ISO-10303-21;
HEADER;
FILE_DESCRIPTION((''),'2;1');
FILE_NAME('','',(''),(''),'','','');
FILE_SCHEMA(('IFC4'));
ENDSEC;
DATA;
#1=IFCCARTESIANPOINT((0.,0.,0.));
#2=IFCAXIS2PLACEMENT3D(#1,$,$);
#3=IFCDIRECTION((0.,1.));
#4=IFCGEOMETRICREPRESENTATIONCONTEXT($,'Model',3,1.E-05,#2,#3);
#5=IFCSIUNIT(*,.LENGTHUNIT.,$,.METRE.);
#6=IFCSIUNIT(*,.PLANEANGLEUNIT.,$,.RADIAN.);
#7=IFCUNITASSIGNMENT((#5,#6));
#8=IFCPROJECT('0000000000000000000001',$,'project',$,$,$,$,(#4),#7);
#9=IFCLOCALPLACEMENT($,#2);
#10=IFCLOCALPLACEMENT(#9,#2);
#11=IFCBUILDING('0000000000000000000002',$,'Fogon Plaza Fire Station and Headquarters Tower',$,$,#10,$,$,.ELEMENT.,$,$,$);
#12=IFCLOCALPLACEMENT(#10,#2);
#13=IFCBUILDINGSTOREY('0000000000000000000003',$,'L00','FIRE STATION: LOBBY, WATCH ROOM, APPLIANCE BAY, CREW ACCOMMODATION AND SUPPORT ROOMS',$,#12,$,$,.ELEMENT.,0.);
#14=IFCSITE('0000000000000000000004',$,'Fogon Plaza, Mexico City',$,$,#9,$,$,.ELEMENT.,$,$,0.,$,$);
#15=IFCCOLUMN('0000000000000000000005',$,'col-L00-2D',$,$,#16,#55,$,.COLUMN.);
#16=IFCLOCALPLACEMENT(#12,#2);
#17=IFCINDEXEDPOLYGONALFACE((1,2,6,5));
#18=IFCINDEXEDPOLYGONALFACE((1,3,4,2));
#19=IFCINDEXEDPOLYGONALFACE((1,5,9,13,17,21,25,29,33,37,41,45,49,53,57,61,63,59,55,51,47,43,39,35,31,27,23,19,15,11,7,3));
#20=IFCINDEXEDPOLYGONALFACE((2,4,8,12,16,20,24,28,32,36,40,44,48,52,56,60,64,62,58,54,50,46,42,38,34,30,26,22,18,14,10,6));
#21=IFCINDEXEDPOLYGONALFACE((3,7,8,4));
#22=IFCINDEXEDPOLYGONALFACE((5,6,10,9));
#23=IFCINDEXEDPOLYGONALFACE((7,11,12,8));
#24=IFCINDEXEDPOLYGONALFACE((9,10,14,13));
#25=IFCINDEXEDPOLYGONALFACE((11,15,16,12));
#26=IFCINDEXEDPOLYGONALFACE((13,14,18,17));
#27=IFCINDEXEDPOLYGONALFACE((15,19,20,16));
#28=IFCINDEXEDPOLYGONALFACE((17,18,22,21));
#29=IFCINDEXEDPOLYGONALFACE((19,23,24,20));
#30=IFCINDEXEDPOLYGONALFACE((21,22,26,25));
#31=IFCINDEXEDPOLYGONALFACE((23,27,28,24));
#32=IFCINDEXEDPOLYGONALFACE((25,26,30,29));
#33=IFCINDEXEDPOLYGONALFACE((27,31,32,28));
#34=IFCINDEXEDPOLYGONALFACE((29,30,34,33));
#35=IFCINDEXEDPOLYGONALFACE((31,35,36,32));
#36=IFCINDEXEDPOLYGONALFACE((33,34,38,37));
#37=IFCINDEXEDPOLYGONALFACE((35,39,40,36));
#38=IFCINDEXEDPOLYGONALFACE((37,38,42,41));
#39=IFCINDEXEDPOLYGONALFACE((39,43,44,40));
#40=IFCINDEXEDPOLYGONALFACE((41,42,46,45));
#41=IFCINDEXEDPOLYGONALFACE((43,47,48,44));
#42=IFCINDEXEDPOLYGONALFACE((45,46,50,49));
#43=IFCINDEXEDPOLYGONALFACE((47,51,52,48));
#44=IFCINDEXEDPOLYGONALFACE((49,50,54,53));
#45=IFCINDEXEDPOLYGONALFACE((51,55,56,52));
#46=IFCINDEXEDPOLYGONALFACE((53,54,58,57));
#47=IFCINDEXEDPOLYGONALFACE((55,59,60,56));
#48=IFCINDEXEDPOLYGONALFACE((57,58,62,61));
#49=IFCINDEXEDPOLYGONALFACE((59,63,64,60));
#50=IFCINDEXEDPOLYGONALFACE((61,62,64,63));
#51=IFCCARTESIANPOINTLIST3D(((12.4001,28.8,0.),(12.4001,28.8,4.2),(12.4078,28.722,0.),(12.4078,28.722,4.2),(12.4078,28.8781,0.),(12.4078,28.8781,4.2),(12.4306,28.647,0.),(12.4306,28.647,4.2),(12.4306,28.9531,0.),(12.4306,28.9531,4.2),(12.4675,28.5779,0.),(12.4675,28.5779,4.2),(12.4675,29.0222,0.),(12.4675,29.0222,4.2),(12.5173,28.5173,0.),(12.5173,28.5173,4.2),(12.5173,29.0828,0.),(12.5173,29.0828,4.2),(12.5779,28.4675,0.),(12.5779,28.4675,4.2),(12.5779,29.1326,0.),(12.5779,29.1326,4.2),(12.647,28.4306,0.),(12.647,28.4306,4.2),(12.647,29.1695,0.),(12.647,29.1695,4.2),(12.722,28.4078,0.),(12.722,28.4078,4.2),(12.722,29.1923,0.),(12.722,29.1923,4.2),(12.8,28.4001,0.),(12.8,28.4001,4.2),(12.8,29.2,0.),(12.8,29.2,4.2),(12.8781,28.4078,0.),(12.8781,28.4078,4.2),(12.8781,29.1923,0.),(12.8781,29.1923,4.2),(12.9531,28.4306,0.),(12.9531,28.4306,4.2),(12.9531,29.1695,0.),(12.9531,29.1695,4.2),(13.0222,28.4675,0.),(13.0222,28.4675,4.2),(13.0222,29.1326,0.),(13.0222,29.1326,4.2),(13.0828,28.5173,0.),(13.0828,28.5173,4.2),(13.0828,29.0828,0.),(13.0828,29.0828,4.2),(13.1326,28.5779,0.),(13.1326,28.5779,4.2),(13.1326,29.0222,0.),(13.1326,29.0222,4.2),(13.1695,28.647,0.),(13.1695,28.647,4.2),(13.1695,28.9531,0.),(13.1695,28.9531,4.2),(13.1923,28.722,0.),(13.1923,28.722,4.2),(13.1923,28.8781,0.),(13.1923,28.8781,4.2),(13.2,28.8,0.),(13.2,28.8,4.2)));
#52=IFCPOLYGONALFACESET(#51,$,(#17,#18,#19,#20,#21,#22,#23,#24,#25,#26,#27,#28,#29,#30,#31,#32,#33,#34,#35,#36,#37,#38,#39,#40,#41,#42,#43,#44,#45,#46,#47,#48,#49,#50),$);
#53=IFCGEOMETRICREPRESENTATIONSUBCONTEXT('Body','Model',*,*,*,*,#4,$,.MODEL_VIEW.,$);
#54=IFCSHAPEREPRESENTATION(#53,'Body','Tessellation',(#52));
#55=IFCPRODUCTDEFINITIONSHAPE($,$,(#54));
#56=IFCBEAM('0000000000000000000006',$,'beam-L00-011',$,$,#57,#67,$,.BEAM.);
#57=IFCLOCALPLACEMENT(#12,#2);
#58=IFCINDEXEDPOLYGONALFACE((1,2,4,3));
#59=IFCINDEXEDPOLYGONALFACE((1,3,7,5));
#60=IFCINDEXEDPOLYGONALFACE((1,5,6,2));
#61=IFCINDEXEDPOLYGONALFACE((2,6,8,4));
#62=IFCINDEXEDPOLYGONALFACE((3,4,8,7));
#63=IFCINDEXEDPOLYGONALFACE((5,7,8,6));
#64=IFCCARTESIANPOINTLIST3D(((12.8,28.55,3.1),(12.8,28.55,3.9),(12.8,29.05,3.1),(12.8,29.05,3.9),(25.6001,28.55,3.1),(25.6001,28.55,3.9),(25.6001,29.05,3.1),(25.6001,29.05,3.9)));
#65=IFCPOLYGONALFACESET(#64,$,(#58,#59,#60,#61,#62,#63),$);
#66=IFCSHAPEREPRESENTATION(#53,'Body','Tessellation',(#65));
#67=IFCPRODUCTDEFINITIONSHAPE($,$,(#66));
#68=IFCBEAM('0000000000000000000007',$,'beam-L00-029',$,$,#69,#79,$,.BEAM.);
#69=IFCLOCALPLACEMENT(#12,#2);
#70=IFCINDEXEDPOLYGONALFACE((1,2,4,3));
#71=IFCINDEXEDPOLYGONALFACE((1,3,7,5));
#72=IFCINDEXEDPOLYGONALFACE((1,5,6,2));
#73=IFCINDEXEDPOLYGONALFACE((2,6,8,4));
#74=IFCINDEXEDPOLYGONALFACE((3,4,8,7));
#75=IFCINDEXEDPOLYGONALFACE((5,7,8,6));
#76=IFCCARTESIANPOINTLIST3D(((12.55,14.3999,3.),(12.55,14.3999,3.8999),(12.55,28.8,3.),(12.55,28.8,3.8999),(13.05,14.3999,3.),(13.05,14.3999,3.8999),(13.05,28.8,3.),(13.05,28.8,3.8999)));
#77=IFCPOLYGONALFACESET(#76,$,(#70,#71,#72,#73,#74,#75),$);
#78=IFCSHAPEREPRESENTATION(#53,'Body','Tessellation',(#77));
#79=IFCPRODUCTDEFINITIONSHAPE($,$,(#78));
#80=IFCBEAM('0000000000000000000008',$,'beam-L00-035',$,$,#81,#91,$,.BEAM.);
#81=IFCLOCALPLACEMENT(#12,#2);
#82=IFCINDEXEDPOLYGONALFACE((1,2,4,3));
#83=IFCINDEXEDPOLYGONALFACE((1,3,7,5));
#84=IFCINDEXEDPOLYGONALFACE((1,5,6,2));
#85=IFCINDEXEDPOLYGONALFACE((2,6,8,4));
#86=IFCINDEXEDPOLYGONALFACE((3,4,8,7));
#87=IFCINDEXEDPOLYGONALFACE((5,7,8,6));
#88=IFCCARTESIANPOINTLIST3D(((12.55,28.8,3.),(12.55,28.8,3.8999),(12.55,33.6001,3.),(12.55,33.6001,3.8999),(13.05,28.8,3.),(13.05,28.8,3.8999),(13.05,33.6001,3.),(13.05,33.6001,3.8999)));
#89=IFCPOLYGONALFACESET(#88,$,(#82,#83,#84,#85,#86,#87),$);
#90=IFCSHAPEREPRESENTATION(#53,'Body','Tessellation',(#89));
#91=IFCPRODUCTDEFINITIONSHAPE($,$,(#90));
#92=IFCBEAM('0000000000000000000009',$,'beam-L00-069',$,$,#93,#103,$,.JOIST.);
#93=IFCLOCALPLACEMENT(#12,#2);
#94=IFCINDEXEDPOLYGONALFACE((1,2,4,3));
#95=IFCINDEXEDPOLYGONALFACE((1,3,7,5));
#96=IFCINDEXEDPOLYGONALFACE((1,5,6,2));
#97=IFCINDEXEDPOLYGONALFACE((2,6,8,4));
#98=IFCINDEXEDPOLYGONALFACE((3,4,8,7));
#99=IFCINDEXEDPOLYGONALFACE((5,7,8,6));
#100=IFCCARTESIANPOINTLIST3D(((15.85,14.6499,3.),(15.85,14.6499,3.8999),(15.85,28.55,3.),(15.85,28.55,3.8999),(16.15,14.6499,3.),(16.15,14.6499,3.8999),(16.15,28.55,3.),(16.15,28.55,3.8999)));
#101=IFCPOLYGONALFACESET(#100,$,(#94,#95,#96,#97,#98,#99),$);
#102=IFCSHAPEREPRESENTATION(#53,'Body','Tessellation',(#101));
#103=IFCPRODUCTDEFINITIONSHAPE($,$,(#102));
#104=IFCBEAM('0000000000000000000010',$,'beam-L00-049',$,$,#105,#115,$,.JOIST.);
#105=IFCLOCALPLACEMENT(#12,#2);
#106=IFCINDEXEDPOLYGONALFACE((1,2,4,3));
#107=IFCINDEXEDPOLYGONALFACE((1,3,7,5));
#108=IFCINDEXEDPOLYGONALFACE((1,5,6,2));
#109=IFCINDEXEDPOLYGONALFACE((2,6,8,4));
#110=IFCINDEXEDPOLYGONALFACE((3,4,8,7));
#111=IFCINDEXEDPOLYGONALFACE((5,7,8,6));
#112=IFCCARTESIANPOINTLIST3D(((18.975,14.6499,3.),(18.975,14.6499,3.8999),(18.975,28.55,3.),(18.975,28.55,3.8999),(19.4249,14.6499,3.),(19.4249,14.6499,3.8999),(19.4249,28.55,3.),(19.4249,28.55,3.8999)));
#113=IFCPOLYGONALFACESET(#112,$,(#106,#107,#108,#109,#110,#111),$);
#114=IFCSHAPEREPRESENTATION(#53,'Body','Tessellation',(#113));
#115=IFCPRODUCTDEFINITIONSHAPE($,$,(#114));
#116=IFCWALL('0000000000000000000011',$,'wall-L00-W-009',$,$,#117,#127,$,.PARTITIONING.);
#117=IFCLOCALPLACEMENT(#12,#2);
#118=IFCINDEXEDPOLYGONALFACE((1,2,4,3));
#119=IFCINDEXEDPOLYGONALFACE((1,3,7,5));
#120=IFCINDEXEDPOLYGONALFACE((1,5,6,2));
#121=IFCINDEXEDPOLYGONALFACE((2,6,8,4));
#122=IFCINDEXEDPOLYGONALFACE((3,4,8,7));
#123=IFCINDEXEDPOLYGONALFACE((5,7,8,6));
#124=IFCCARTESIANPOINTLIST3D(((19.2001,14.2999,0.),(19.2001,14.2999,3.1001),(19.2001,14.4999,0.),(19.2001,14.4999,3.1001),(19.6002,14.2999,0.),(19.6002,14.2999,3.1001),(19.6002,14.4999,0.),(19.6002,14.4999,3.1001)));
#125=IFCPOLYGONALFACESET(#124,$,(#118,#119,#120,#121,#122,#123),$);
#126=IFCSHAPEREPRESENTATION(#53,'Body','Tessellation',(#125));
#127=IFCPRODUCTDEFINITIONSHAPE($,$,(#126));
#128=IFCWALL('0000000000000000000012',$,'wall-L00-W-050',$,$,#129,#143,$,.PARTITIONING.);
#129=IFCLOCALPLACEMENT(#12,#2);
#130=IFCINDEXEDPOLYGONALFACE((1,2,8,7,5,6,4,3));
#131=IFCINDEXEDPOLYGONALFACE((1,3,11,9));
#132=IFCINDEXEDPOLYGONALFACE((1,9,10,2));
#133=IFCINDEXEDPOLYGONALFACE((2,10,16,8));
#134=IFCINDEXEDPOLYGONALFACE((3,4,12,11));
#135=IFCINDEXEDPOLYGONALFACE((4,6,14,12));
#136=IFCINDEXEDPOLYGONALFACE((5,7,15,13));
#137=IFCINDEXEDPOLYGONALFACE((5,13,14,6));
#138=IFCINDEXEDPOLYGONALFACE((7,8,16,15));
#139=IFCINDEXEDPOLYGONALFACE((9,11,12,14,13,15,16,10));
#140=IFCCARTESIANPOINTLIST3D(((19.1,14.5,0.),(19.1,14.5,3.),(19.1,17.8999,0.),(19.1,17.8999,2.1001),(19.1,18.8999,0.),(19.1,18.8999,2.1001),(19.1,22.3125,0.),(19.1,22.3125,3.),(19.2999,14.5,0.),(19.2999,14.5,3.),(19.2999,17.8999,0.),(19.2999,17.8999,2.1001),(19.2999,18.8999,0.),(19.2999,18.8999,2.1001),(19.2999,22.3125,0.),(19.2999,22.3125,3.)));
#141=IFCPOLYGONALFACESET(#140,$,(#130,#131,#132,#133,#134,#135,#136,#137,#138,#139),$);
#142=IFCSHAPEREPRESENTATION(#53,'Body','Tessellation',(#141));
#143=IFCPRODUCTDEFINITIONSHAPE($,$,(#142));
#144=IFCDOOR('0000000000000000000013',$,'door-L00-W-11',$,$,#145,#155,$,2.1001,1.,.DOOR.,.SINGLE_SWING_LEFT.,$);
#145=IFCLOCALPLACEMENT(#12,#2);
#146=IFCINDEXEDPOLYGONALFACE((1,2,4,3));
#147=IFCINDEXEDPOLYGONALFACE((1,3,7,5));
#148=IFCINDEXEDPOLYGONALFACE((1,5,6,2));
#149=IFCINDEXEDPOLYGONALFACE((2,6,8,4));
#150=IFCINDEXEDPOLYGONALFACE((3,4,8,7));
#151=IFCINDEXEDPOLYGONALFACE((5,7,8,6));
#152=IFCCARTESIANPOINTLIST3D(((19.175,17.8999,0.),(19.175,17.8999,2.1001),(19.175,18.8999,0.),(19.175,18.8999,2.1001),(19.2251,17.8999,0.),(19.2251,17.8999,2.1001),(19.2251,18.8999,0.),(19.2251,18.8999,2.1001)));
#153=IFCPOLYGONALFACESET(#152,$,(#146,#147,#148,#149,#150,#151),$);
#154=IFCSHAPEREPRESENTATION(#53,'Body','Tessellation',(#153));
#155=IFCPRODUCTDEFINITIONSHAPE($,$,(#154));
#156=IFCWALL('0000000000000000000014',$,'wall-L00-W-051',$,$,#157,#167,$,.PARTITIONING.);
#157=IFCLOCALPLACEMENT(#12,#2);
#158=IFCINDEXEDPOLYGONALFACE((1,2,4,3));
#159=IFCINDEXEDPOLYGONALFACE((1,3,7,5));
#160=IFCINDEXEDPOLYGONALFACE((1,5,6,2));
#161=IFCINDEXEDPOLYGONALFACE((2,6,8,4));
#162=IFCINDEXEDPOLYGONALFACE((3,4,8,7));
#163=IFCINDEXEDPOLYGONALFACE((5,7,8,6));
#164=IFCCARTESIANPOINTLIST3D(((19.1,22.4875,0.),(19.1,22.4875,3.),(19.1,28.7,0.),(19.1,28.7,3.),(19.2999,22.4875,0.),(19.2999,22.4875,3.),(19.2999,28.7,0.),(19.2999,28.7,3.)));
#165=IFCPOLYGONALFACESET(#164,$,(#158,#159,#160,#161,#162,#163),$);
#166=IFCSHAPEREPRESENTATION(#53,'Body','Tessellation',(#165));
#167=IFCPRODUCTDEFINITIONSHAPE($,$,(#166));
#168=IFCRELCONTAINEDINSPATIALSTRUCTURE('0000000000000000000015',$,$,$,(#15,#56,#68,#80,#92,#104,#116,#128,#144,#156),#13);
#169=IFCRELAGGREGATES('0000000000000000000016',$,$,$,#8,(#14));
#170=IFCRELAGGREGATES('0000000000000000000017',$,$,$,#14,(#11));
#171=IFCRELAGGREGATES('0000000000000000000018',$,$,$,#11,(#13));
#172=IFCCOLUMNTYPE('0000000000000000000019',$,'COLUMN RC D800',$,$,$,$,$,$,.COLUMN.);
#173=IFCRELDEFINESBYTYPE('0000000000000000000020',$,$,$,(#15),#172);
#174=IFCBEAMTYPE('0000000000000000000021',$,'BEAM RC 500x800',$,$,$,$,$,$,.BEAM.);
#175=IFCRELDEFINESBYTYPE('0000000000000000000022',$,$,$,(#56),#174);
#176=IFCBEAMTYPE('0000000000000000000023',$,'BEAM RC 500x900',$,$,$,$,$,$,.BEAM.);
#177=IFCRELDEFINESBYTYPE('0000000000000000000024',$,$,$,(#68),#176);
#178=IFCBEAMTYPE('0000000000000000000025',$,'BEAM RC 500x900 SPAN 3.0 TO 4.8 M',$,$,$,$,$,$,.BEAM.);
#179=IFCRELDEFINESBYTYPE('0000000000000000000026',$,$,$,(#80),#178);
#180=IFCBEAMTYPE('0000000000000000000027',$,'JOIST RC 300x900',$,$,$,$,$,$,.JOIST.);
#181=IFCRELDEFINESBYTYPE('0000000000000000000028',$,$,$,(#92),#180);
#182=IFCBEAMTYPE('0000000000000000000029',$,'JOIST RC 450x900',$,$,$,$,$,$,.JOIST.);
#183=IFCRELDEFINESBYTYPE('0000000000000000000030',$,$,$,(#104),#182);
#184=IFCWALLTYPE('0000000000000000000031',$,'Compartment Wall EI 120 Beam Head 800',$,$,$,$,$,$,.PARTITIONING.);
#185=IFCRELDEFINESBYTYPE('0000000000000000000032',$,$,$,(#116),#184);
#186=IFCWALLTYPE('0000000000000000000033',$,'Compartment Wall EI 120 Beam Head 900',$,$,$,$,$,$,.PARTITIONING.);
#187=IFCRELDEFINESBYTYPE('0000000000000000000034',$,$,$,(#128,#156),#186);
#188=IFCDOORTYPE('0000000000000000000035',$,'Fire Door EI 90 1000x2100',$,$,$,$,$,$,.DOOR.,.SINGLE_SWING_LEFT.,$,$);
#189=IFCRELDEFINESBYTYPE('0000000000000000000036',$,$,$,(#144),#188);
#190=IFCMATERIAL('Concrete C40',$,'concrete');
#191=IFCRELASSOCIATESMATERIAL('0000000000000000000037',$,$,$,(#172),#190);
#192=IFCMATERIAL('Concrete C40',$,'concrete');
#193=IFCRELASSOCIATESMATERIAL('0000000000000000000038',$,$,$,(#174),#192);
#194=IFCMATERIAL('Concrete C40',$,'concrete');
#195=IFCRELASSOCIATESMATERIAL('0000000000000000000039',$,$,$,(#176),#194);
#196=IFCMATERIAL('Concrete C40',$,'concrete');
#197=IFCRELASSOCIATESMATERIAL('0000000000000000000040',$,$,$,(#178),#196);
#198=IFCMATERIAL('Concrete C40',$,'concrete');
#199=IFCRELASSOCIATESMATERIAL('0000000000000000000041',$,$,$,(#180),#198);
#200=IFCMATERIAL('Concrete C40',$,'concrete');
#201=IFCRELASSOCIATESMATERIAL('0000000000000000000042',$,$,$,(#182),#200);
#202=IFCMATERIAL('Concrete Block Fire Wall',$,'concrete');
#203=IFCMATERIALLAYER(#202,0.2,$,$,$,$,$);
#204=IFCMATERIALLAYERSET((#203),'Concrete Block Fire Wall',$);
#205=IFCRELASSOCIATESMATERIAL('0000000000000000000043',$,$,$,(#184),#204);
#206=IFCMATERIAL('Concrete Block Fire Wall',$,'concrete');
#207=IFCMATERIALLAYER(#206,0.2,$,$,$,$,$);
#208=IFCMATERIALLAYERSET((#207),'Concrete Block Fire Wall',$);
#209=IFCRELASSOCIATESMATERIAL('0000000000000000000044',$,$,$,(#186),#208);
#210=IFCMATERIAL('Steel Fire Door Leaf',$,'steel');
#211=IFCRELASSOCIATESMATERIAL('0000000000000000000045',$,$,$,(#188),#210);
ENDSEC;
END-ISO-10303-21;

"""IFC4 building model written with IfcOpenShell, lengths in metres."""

from ifc_helpers import new_model, si_unit, direction, frame, frame_2d, origin, origin_2d, place, context, subcontext, project, spatial, rectangle, circle, extrude, material, layer, layer_set, material_profile, profile_set, type_object, element, fill, save


model = new_model("IFC4")

# Units and contexts
model_context = context("Model", 3, precision=1e-05, world=origin(), true_north=direction((0.0, 1.0)))
body_context = subcontext(model_context, "Body", "Model", "MODEL_VIEW")
ifc_project = project(units=[si_unit("LENGTHUNIT", "METRE"), si_unit("PLANEANGLEUNIT", "RADIAN")], contexts=[model_context])

# Site, building, storey
site_placement = place(None, origin())
site = spatial("IfcSite", under=ifc_project, at=site_placement, Name="Fogon Plaza, Mexico City", CompositionType="ELEMENT", RefElevation=0.0)
building_placement = place(site_placement, origin())
building = spatial("IfcBuilding", under=site, at=building_placement, Name="Fogon Plaza Fire Station and Headquarters Tower", CompositionType="ELEMENT")
storey_placement = place(building_placement, origin())
storey = spatial("IfcBuildingStorey", under=building, at=storey_placement, Name="L00", Description="FIRE STATION: LOBBY, WATCH ROOM, APPLIANCE BAY, CREW ACCOMMODATION AND SUPPORT ROOMS", CompositionType="ELEMENT", Elevation=0.0)

# Column
ifc_material_1 = material(Name="Concrete C40", Category="concrete")
ifc_material_profile_1 = material_profile(ifc_material_1, circle(Radius=0.3999, at=origin_2d()), Name="RC D800")
ifc_profile_set_1 = profile_set([ifc_material_profile_1], Name="Concrete C40")
column_type = type_object("IfcColumnType", Name="COLUMN RC D800", PredefinedType="COLUMN", material=ifc_profile_set_1)
column_placement = place(storey_placement, frame((12.8, 28.8, 0.0), z_axis=(0.0, 0.0, 1.0), x_axis=(1.0, 0.0, 0.0)))
element("IfcColumn", 1, at=column_placement, inside=storey, type_object=column_type, Name="col-L00-2D", PredefinedType="COLUMN", context=body_context, shape_type="SweptSolid", body=[
    extrude(circle(Radius=0.3999, at=origin_2d()), origin(), (0.0, 0.0, 1.0), 4.2),
])

# Beams
ifc_material_2 = material(Name="Concrete C40", Category="concrete")
ifc_material_profile_2 = material_profile(ifc_material_2, rectangle(XDim=0.5, YDim=0.8, at=origin_2d()), Name="RC 500x800")
ifc_profile_set_2 = profile_set([ifc_material_profile_2], Name="Concrete C40")
beam_type_1 = type_object("IfcBeamType", Name="BEAM RC 500x800", PredefinedType="BEAM", material=ifc_profile_set_2)
beam_1_placement = place(storey_placement, frame((12.8, 28.8, 3.5), z_axis=(1.0, 0.0, 0.0), x_axis=(0.0, 1.0, 0.0)))
element("IfcBeam", 2, at=beam_1_placement, inside=storey, type_object=beam_type_1, Name="beam-L00-011", PredefinedType="BEAM", context=body_context, shape_type="SweptSolid", body=[
    extrude(rectangle(XDim=0.5, YDim=0.8, at=origin_2d()), origin(), (0.0, 0.0, 1.0), 12.8),
])
ifc_material_3 = material(Name="Concrete C40", Category="concrete")
ifc_material_profile_3 = material_profile(ifc_material_3, rectangle(XDim=0.5, YDim=0.8999, at=origin_2d()), Name="RC 500x900")
ifc_profile_set_3 = profile_set([ifc_material_profile_3], Name="Concrete C40")
beam_type_2 = type_object("IfcBeamType", Name="BEAM RC 500x900", PredefinedType="BEAM", material=ifc_profile_set_3)
beam_2_placement = place(storey_placement, frame((12.8, 14.3999, 3.45), z_axis=(0.0, 1.0, 0.0), x_axis=(-1.0, 0.0, 0.0)))
element("IfcBeam", 3, at=beam_2_placement, inside=storey, type_object=beam_type_2, Name="beam-L00-029", PredefinedType="BEAM", context=body_context, shape_type="SweptSolid", body=[
    extrude(rectangle(XDim=0.5, YDim=0.8999, at=origin_2d()), origin(), (0.0, 0.0, 1.0), 14.4001),
])
ifc_material_4 = material(Name="Concrete C40", Category="concrete")
ifc_material_profile_4 = material_profile(ifc_material_4, rectangle(XDim=0.5, YDim=0.8999, at=origin_2d()), Name="RC 500x900")
ifc_profile_set_4 = profile_set([ifc_material_profile_4], Name="Concrete C40")
beam_type_3 = type_object("IfcBeamType", Name="BEAM RC 500x900 SPAN 3.0 TO 4.8 M", PredefinedType="BEAM", material=ifc_profile_set_4)
beam_3_placement = place(storey_placement, frame((12.8, 28.8, 3.45), z_axis=(0.0, 1.0, 0.0), x_axis=(-1.0, 0.0, 0.0)))
element("IfcBeam", 4, at=beam_3_placement, inside=storey, type_object=beam_type_3, Name="beam-L00-035", PredefinedType="BEAM", context=body_context, shape_type="SweptSolid", body=[
    extrude(rectangle(XDim=0.5, YDim=0.8999, at=origin_2d()), origin(), (0.0, 0.0, 1.0), 4.8),
])
ifc_material_5 = material(Name="Concrete C40", Category="concrete")
ifc_material_profile_5 = material_profile(ifc_material_5, rectangle(XDim=0.3, YDim=0.8999, at=origin_2d()), Name="RC 300x900")
ifc_profile_set_5 = profile_set([ifc_material_profile_5], Name="Concrete C40")
beam_type_4 = type_object("IfcBeamType", Name="JOIST RC 300x900", PredefinedType="JOIST", material=ifc_profile_set_5)
beam_4_placement = place(storey_placement, frame((16.0, 14.6499, 3.45), z_axis=(0.0, 1.0, 0.0), x_axis=(-1.0, 0.0, 0.0)))
element("IfcBeam", 5, at=beam_4_placement, inside=storey, type_object=beam_type_4, Name="beam-L00-069", PredefinedType="JOIST", context=body_context, shape_type="SweptSolid", body=[
    extrude(rectangle(XDim=0.3, YDim=0.8999, at=origin_2d()), origin(), (0.0, 0.0, 1.0), 13.9001),
])
ifc_material_6 = material(Name="Concrete C40", Category="concrete")
ifc_material_profile_6 = material_profile(ifc_material_6, rectangle(XDim=0.45, YDim=0.8999, at=origin_2d()), Name="RC 450x900")
ifc_profile_set_6 = profile_set([ifc_material_profile_6], Name="Concrete C40")
beam_type_5 = type_object("IfcBeamType", Name="JOIST RC 450x900", PredefinedType="JOIST", material=ifc_profile_set_6)
beam_5_placement = place(storey_placement, frame((19.2, 14.6499, 3.45), z_axis=(0.0, 1.0, 0.0), x_axis=(-1.0, 0.0, 0.0)))
element("IfcBeam", 6, at=beam_5_placement, inside=storey, type_object=beam_type_5, Name="beam-L00-049", PredefinedType="JOIST", context=body_context, shape_type="SweptSolid", body=[
    extrude(rectangle(XDim=0.45, YDim=0.8999, at=origin_2d()), origin(), (0.0, 0.0, 1.0), 13.9001),
])

# Wall
ifc_material_7 = material(Name="Concrete Block Fire Wall", Category="concrete")
ifc_layer_1 = layer(ifc_material_7, 0.2)
ifc_layer_set_1 = layer_set([ifc_layer_1], Name="Concrete Block Fire Wall")
wall_type_1 = type_object("IfcWallType", Name="Compartment Wall EI 120 Beam Head 800", PredefinedType="PARTITIONING", material=ifc_layer_set_1)
wall_1_placement = place(storey_placement, frame((19.2, 14.3999, 0.0), z_axis=(0.0, 0.0, 1.0), x_axis=(1.0, 0.0, 0.0)))
element("IfcWall", 7, at=wall_1_placement, inside=storey, type_object=wall_type_1, Name="wall-L00-W-009", PredefinedType="PARTITIONING", context=body_context, shape_type="SweptSolid", body=[
    extrude(rectangle(XDim=0.4001, YDim=0.2, at=frame_2d((0.2002, 0.0))), origin(), (0.0, 0.0, 1.0), 3.1001),
])

# Wall, opening, door
ifc_material_8 = material(Name="Concrete Block Fire Wall", Category="concrete")
ifc_layer_2 = layer(ifc_material_8, 0.2)
ifc_layer_set_2 = layer_set([ifc_layer_2], Name="Concrete Block Fire Wall")
wall_type_2 = type_object("IfcWallType", Name="Compartment Wall EI 120 Beam Head 900", PredefinedType="PARTITIONING", material=ifc_layer_set_2)
wall_2_placement = place(storey_placement, frame((19.2, 14.5, 0.0), z_axis=(0.0, 0.0, 1.0), x_axis=(0.0, 1.0, 0.0)))
wall_2 = element("IfcWall", 8, at=wall_2_placement, inside=storey, type_object=wall_type_2, Name="wall-L00-W-050", PredefinedType="PARTITIONING", context=body_context, shape_type="SweptSolid", body=[
    extrude(rectangle(XDim=7.8125, YDim=0.2, at=frame_2d((3.9062, 0.0))), origin(), (0.0, 0.0, 1.0), 3.0),
])
opening_1_placement = place(wall_2_placement, frame((3.3999, 0.0, 0.0)))
opening_1 = element("IfcOpeningElement", 9, at=opening_1_placement, cuts=wall_2, PredefinedType="OPENING", context=body_context, shape_type="SweptSolid", body=[
    extrude(rectangle(XDim=1.0, YDim=2.1001, at=frame_2d((0.5, 1.05))), frame((0.0, 0.1099, 0.0), z_axis=(0.0, -1.0, 0.0), x_axis=(1.0, 0.0, 0.0)), (0.0, 0.0, 1.0), 0.22),
])
ifc_material_9 = material(Name="Steel Fire Door Leaf", Category="steel")
door_type_1 = type_object("IfcDoorType", Name="Fire Door EI 90 1000x2100", OperationType="SINGLE_SWING_LEFT", PredefinedType="DOOR", material=ifc_material_9)
door_1_placement = place(opening_1_placement, origin())
door_1 = element("IfcDoor", 10, at=door_1_placement, inside=storey, type_object=door_type_1, Name="door-L00-W-11", OperationType="SINGLE_SWING_LEFT", OverallHeight=2.1001, OverallWidth=1.0, PredefinedType="DOOR", context=body_context, shape_type="SweptSolid", body=[
    extrude(rectangle(XDim=1.0, YDim=2.1001, at=frame_2d((0.5, 1.05))), frame((0.0, 0.0249, 0.0), z_axis=(0.0, -1.0, 0.0), x_axis=(1.0, 0.0, 0.0)), (0.0, 0.0, 1.0), 0.05),
])
fill(opening_1, door_1)

# Wall
wall_3_placement = place(storey_placement, frame((19.2, 22.4875, 0.0), z_axis=(0.0, 0.0, 1.0), x_axis=(0.0, 1.0, 0.0)))
element("IfcWall", 11, at=wall_3_placement, inside=storey, type_object=wall_type_2, Name="wall-L00-W-051", PredefinedType="PARTITIONING", context=body_context, shape_type="SweptSolid", body=[
    extrude(rectangle(XDim=6.2124, YDim=0.2, at=frame_2d((3.1062, 0.0))), origin(), (0.0, 0.0, 1.0), 3.0),
])

save(model, "model.ifc")
